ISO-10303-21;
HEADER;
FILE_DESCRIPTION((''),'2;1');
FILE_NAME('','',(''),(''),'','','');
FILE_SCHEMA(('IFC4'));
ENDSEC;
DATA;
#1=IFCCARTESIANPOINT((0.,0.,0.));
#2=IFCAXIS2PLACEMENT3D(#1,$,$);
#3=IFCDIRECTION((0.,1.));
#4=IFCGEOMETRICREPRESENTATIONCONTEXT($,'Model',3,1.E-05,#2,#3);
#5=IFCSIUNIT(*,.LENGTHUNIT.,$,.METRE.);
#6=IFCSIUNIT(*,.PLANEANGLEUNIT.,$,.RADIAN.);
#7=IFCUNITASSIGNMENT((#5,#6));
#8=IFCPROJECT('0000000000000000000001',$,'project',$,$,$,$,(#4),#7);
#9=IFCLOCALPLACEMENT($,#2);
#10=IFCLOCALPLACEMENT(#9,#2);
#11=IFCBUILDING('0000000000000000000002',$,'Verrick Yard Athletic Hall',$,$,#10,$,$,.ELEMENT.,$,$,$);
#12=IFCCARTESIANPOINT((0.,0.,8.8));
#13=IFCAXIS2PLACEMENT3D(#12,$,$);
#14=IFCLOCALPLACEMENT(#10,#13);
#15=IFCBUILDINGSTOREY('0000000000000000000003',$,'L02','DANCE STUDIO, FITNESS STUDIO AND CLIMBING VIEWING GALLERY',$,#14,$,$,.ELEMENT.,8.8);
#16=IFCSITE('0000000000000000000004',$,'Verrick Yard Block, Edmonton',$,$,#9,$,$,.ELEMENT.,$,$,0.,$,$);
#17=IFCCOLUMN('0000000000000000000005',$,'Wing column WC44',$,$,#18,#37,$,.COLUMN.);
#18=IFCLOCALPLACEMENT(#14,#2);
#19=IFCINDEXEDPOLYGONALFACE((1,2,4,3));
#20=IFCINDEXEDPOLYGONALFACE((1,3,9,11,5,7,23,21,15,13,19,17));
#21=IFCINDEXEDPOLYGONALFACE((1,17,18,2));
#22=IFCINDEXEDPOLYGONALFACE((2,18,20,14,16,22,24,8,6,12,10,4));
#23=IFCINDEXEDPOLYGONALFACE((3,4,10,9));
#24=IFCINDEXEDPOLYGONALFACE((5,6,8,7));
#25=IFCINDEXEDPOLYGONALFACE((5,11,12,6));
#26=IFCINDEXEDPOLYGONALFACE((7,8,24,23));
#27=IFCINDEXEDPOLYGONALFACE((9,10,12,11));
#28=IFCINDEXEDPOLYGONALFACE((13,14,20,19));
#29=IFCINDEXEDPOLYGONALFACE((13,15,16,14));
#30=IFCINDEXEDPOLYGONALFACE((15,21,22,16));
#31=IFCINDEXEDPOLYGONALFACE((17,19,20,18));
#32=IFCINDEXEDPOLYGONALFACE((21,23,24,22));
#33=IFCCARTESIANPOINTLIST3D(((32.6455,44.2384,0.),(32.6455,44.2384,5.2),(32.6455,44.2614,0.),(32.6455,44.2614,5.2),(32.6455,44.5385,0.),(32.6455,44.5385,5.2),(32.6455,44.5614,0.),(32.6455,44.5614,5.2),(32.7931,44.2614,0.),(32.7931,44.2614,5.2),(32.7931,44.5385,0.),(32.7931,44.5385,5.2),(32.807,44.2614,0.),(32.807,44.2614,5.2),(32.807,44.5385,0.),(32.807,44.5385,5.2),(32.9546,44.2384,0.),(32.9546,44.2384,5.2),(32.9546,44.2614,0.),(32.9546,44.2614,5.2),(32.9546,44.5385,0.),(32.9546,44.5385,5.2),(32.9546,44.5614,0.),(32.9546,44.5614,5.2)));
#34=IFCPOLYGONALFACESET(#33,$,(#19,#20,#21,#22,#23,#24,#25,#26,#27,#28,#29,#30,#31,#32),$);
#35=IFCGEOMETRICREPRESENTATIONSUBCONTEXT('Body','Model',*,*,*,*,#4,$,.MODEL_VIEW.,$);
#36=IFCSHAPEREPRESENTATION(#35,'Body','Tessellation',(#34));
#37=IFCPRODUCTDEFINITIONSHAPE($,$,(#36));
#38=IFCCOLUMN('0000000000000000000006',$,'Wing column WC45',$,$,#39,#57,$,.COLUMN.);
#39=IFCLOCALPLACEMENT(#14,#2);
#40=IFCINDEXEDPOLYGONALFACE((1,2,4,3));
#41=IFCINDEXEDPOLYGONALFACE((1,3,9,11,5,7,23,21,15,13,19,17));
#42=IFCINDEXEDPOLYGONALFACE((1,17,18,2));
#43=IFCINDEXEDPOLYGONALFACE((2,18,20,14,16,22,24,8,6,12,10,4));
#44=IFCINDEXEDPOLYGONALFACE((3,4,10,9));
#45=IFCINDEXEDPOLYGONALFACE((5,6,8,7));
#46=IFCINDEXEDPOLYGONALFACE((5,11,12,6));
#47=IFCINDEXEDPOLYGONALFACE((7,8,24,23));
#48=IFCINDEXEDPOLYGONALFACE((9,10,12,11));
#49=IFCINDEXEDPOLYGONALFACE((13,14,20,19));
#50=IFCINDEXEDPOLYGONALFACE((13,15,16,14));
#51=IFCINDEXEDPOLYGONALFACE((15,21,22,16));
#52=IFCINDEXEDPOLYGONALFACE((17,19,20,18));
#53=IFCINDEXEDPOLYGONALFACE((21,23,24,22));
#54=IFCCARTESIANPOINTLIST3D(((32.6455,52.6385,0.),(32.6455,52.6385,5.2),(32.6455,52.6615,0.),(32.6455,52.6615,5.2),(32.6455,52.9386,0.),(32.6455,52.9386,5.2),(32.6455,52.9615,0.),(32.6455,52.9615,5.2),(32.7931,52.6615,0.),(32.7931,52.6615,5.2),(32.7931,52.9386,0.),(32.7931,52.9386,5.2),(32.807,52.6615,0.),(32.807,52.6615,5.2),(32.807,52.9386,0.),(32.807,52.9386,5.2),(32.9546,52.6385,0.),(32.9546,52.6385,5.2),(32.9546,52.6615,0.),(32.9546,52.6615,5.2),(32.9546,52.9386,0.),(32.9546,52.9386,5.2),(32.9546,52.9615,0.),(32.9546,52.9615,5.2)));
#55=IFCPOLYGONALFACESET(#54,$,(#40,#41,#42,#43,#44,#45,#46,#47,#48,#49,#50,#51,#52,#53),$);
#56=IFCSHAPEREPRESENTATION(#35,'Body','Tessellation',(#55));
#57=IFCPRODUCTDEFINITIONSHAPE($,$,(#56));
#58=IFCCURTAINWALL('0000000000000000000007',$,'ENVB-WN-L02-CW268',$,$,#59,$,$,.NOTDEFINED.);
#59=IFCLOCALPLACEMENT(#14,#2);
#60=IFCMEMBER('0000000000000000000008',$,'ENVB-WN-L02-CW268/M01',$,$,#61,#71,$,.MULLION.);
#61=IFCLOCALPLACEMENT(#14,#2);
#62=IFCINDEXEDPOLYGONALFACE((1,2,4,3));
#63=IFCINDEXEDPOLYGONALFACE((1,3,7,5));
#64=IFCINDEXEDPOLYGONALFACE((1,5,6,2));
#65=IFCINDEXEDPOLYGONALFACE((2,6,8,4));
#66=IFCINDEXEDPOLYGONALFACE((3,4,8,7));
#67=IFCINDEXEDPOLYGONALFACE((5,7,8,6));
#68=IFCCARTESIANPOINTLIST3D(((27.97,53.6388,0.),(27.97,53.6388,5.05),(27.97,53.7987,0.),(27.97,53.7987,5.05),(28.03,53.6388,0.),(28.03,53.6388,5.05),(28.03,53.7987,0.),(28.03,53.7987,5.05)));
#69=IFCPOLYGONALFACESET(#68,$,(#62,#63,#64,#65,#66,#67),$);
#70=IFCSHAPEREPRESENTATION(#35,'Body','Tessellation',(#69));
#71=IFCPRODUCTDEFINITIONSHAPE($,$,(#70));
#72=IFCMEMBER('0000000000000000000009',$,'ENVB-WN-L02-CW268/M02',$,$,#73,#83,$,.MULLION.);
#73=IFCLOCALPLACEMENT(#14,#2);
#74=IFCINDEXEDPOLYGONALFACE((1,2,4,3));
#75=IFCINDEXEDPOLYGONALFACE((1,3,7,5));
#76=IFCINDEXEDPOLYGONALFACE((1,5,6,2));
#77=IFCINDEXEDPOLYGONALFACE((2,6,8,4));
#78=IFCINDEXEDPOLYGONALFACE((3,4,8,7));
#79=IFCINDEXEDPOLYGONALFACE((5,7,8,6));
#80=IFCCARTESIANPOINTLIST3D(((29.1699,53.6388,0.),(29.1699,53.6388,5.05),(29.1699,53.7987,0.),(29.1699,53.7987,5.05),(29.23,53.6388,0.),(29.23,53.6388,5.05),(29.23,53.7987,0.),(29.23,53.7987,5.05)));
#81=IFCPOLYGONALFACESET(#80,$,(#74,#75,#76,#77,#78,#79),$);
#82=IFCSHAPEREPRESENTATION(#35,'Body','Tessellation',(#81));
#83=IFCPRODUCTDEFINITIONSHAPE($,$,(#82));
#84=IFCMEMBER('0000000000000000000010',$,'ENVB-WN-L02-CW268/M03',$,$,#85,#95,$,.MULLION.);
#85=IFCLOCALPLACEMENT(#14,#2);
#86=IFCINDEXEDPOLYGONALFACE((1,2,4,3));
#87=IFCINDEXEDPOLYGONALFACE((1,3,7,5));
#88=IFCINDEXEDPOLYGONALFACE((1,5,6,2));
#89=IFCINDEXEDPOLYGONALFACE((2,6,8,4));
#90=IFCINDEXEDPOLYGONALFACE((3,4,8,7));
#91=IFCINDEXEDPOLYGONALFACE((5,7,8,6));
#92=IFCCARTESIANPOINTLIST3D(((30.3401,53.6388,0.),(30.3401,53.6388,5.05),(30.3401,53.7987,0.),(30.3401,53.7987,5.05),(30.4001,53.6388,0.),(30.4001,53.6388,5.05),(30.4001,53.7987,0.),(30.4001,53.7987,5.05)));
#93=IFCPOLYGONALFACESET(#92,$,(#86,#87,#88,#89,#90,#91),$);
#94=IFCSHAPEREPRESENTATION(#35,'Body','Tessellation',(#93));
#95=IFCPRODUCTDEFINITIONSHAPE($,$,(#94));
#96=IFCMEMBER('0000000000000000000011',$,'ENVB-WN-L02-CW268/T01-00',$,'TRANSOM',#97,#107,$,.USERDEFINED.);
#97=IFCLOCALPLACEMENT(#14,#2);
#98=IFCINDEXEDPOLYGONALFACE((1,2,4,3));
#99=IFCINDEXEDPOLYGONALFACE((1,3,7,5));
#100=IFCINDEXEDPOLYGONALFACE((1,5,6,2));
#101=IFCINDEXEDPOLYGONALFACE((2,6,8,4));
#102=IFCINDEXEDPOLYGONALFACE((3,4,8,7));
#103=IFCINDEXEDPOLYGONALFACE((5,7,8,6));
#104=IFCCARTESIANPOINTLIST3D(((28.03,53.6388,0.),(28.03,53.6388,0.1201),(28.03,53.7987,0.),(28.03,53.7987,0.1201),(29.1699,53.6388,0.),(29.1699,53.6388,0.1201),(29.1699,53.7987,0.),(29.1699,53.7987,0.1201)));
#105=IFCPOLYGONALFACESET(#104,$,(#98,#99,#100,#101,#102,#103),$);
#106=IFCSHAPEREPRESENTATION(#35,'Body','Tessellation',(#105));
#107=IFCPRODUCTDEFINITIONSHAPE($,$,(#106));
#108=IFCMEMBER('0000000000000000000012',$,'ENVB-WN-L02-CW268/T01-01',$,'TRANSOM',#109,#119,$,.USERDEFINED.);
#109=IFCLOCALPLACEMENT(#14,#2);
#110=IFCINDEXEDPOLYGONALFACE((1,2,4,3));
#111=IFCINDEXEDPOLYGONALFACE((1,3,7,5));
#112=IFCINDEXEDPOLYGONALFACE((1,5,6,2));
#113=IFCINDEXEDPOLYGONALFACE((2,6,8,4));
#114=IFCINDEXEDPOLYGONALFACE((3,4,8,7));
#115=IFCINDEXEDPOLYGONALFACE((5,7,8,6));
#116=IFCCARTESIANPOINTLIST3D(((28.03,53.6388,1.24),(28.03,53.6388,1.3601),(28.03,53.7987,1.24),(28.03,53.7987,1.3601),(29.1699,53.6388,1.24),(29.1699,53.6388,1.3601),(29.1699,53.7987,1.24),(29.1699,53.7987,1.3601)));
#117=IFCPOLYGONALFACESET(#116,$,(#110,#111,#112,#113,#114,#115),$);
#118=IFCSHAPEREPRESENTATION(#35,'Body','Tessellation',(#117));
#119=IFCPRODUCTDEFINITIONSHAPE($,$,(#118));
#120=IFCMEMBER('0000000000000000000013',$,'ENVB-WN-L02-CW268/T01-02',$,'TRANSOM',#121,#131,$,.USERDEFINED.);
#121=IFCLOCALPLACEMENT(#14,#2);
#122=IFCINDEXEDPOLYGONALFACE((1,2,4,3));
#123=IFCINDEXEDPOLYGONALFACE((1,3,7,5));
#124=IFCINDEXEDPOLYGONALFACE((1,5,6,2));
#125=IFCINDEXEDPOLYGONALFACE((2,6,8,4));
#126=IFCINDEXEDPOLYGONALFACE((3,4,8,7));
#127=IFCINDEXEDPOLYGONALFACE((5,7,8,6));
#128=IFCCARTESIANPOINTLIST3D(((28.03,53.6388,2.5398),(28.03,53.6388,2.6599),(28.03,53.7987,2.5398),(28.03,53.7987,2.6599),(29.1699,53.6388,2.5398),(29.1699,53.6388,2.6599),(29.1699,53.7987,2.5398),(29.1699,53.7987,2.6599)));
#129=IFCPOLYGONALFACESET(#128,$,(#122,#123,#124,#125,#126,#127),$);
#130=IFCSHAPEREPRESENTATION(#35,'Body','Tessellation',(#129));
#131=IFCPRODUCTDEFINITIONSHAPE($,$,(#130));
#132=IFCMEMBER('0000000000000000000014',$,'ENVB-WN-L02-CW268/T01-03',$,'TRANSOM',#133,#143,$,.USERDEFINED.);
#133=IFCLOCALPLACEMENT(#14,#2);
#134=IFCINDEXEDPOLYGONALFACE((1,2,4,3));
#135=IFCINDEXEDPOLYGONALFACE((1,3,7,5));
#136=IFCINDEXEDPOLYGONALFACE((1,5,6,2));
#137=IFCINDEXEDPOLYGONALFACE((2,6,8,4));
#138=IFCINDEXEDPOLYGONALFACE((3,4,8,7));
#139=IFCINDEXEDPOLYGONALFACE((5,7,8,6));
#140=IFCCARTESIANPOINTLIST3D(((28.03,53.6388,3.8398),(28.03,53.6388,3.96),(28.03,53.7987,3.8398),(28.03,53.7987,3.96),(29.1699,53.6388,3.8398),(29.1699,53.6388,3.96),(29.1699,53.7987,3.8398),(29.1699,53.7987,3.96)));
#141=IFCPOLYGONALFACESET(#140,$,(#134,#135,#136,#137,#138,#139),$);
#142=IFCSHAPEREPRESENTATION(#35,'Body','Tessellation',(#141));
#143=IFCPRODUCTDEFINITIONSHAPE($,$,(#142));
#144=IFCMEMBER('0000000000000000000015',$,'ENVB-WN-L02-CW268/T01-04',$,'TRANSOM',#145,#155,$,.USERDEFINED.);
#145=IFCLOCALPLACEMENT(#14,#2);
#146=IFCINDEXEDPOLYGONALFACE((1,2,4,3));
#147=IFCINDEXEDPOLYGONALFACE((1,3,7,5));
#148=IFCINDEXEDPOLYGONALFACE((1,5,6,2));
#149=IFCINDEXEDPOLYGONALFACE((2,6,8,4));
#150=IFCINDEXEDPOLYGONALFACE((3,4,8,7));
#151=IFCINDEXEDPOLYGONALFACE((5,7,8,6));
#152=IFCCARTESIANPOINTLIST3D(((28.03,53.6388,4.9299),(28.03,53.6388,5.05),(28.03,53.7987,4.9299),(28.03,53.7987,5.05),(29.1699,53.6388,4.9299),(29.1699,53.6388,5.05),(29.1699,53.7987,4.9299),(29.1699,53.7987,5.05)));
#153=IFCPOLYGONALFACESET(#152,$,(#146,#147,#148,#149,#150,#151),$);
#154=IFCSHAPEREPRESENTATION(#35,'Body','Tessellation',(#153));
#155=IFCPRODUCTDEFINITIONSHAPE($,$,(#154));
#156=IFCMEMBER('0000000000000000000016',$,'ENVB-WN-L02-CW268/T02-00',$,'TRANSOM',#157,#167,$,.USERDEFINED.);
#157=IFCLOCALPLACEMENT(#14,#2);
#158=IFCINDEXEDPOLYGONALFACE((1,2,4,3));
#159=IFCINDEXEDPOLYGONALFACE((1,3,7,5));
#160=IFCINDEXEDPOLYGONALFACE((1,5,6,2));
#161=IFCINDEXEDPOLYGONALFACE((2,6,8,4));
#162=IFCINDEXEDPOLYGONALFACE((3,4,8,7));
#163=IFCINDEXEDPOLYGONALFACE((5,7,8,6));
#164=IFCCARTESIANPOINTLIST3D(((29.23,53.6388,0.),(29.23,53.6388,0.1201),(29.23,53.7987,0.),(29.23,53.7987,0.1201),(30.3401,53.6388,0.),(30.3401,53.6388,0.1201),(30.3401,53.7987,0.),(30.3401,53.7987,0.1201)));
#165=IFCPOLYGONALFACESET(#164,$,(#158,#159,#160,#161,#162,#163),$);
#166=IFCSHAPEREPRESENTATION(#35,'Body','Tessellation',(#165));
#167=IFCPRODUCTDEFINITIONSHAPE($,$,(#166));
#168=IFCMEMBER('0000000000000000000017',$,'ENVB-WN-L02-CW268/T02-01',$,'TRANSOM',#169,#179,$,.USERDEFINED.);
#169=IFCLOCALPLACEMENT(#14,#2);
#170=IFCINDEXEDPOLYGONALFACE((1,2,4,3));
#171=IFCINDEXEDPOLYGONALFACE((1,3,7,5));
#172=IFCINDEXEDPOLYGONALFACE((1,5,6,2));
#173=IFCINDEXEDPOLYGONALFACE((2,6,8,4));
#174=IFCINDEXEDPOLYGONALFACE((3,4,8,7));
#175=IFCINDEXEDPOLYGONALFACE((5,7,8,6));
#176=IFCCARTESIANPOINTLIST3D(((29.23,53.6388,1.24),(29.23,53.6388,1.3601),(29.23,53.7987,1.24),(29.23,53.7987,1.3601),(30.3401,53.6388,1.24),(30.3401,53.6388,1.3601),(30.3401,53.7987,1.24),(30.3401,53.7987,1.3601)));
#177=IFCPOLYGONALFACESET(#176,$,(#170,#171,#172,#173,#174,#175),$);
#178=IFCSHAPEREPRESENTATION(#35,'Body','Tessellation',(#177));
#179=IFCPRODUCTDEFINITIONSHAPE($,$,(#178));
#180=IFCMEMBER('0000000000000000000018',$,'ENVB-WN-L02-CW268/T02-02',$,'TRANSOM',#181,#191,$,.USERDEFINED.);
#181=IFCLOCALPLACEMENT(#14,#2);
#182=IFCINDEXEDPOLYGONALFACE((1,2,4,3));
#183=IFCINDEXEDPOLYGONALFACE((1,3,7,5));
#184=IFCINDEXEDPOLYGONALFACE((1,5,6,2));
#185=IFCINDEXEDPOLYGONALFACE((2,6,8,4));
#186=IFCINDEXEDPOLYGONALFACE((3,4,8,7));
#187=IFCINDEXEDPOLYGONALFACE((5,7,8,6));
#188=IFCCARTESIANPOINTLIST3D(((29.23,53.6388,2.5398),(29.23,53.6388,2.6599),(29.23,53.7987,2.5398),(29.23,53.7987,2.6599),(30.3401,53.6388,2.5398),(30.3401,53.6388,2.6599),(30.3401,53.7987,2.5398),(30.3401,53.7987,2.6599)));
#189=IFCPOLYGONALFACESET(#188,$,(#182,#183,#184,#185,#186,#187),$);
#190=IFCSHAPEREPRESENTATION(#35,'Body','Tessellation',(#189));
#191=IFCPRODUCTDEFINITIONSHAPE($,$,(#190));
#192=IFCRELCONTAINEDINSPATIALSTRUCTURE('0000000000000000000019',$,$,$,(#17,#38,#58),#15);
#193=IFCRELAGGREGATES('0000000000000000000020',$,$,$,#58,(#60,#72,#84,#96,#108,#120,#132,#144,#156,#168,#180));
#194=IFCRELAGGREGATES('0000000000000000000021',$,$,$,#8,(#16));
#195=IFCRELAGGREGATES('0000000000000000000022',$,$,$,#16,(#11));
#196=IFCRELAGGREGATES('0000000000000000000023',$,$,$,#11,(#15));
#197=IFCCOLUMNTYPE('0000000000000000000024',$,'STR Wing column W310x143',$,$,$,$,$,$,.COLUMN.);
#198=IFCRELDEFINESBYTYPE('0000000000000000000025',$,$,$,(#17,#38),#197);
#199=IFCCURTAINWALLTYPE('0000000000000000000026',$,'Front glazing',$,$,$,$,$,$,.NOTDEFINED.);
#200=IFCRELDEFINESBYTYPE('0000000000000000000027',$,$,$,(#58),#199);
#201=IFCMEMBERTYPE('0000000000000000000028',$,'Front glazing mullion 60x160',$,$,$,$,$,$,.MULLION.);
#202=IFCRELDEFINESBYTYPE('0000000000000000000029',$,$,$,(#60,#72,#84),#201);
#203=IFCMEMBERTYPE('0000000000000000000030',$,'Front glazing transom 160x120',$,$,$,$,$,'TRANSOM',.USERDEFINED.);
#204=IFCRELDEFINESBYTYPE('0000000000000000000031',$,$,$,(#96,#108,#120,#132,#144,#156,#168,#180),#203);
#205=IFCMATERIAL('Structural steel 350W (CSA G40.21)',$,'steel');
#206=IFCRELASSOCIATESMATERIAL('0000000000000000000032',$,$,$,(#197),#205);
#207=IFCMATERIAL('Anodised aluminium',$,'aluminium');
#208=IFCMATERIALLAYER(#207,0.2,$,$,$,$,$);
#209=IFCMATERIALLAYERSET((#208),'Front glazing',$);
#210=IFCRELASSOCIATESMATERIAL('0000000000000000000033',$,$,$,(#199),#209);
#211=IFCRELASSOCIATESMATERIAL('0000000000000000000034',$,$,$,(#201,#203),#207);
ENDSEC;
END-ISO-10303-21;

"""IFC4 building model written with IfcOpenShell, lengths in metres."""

from ifc_helpers import new_model, si_unit, direction, frame, origin, origin_2d, place, context, subcontext, project, spatial, rectangle, i_section, extrude, material, layer, layer_set, material_profile, profile_set, type_object, element, aggregate, save


model = new_model("IFC4")

# Units and contexts
model_context = context("Model", 3, precision=1e-05, world=origin(), true_north=direction((0.0, 1.0)))
body_context = subcontext(model_context, "Body", "Model", "MODEL_VIEW")
ifc_project = project(units=[si_unit("LENGTHUNIT", "METRE"), si_unit("PLANEANGLEUNIT", "RADIAN")], contexts=[model_context])

# Site, building, storey
site_placement = place(None, origin())
site = spatial("IfcSite", under=ifc_project, at=site_placement, Name="Verrick Yard Block, Edmonton", CompositionType="ELEMENT", RefElevation=0.0)
building_placement = place(site_placement, origin())
building = spatial("IfcBuilding", under=site, at=building_placement, Name="Verrick Yard Athletic Hall", CompositionType="ELEMENT")
storey_placement = place(building_placement, frame((0.0, 0.0, 8.8)))
storey = spatial("IfcBuildingStorey", under=building, at=storey_placement, Name="L02", Description="DANCE STUDIO, FITNESS STUDIO AND CLIMBING VIEWING GALLERY", CompositionType="ELEMENT", Elevation=8.8)

# Columns
ifc_material_1 = material(Name="Structural steel 350W (CSA G40.21)", Category="steel")
ifc_material_profile_1 = material_profile(ifc_material_1, i_section(OverallWidth=0.3091, OverallDepth=0.323, WebThickness=0.0139, FlangeThickness=0.0229, at=origin_2d()), Name="W310x143")
ifc_profile_set_1 = profile_set([ifc_material_profile_1], Name="Structural steel 350W (CSA G40.21)")
column_type = type_object("IfcColumnType", Name="STR Wing column W310x143", PredefinedType="COLUMN", material=ifc_profile_set_1)
for number, where, z_axis, x_axis, name in (
    (1, (32.8, 44.3999, 0.0), (0.0, 0.0, 1.0), (1.0, 0.0, 0.0), "Wing column WC44"),
    (2, (32.8, 52.8, 0.0), (0.0, 0.0, 1.0), (1.0, 0.0, 0.0), "Wing column WC45"),
):
    element("IfcColumn", number, at=place(storey_placement, frame(where, z_axis=z_axis, x_axis=x_axis)), inside=storey, type_object=column_type, Name=name, PredefinedType="COLUMN", context=body_context, shape_type="SweptSolid", body=[
        extrude(i_section(OverallWidth=0.3091, OverallDepth=0.323, WebThickness=0.0139, FlangeThickness=0.0229, at=origin_2d()), origin(), (0.0, 0.0, 1.0), 5.2),
    ])

# Curtain wall, members
ifc_material_2 = material(Name="Anodised aluminium", Category="aluminium")
ifc_layer_1 = layer(ifc_material_2, 0.2)
ifc_layer_set_1 = layer_set([ifc_layer_1], Name="Front glazing")
curtain_wall_type = type_object("IfcCurtainWallType", Name="Front glazing", PredefinedType="NOTDEFINED", material=ifc_layer_set_1)
curtain_wall_placement = place(storey_placement, origin())
curtain_wall = element("IfcCurtainWall", 3, at=curtain_wall_placement, inside=storey, type_object=curtain_wall_type, Name="ENVB-WN-L02-CW268", PredefinedType="NOTDEFINED")
ifc_material_profile_2 = material_profile(ifc_material_2, rectangle(XDim=0.1599, YDim=0.0601, at=origin_2d()), Name="CW mullion 60x160")
ifc_profile_set_2 = profile_set([ifc_material_profile_2], Name="Anodised aluminium")
member_type_1 = type_object("IfcMemberType", Name="Front glazing mullion 60x160", PredefinedType="MULLION", material=ifc_profile_set_2)
member_1_placement = place(storey_placement, frame((28.0, 53.7188, 0.0), z_axis=(0.0, 0.0, 1.0), x_axis=(0.0, 1.0, 0.0)))
member_1 = element("IfcMember", 4, at=member_1_placement, type_object=member_type_1, Name="ENVB-WN-L02-CW268/M01", PredefinedType="MULLION", context=body_context, shape_type="SweptSolid", body=[
    extrude(rectangle(XDim=0.1599, YDim=0.0601, at=origin_2d()), origin(), (0.0, 0.0, 1.0), 5.05),
])
member_2_placement = place(storey_placement, frame((29.2, 53.7188, 0.0), z_axis=(0.0, 0.0, 1.0), x_axis=(0.0, 1.0, 0.0)))
member_2 = element("IfcMember", 5, at=member_2_placement, type_object=member_type_1, Name="ENVB-WN-L02-CW268/M02", PredefinedType="MULLION", context=body_context, shape_type="SweptSolid", body=[
    extrude(rectangle(XDim=0.1599, YDim=0.0601, at=origin_2d()), origin(), (0.0, 0.0, 1.0), 5.05),
])
member_3_placement = place(storey_placement, frame((30.3701, 53.7188, 0.0), z_axis=(0.0, 0.0, 1.0), x_axis=(0.0, 1.0, 0.0)))
member_3 = element("IfcMember", 6, at=member_3_placement, type_object=member_type_1, Name="ENVB-WN-L02-CW268/M03", PredefinedType="MULLION", context=body_context, shape_type="SweptSolid", body=[
    extrude(rectangle(XDim=0.1599, YDim=0.0601, at=origin_2d()), origin(), (0.0, 0.0, 1.0), 5.05),
])
ifc_material_profile_3 = material_profile(ifc_material_2, rectangle(XDim=0.1599, YDim=0.1201, at=origin_2d()), Name="CW transom 160x120")
ifc_profile_set_3 = profile_set([ifc_material_profile_3], Name="Anodised aluminium")
member_type_2 = type_object("IfcMemberType", Name="Front glazing transom 160x120", ElementType="TRANSOM", PredefinedType="USERDEFINED", material=ifc_profile_set_3)
member_4_placement = place(storey_placement, frame((28.03, 53.7188, 0.0601), z_axis=(1.0, 0.0, 0.0), x_axis=(0.0, 1.0, 0.0)))
member_4 = element("IfcMember", 7, at=member_4_placement, type_object=member_type_2, Name="ENVB-WN-L02-CW268/T01-00", ObjectType="TRANSOM", PredefinedType="USERDEFINED", context=body_context, shape_type="SweptSolid", body=[
    extrude(rectangle(XDim=0.1599, YDim=0.1201, at=origin_2d()), origin(), (0.0, 0.0, 1.0), 1.1399),
])
member_5_placement = place(storey_placement, frame((28.03, 53.7188, 1.3), z_axis=(1.0, 0.0, 0.0), x_axis=(0.0, 1.0, 0.0)))
member_5 = element("IfcMember", 8, at=member_5_placement, type_object=member_type_2, Name="ENVB-WN-L02-CW268/T01-01", ObjectType="TRANSOM", PredefinedType="USERDEFINED", context=body_context, shape_type="SweptSolid", body=[
    extrude(rectangle(XDim=0.1599, YDim=0.1201, at=origin_2d()), origin(), (0.0, 0.0, 1.0), 1.1399),
])
member_6_placement = place(storey_placement, frame((28.03, 53.7188, 2.5999), z_axis=(1.0, 0.0, 0.0), x_axis=(0.0, 1.0, 0.0)))
member_6 = element("IfcMember", 9, at=member_6_placement, type_object=member_type_2, Name="ENVB-WN-L02-CW268/T01-02", ObjectType="TRANSOM", PredefinedType="USERDEFINED", context=body_context, shape_type="SweptSolid", body=[
    extrude(rectangle(XDim=0.1599, YDim=0.1201, at=origin_2d()), origin(), (0.0, 0.0, 1.0), 1.1399),
])
member_7_placement = place(storey_placement, frame((28.03, 53.7188, 3.8999), z_axis=(1.0, 0.0, 0.0), x_axis=(0.0, 1.0, 0.0)))
member_7 = element("IfcMember", 10, at=member_7_placement, type_object=member_type_2, Name="ENVB-WN-L02-CW268/T01-03", ObjectType="TRANSOM", PredefinedType="USERDEFINED", context=body_context, shape_type="SweptSolid", body=[
    extrude(rectangle(XDim=0.1599, YDim=0.1201, at=origin_2d()), origin(), (0.0, 0.0, 1.0), 1.1399),
])
member_8_placement = place(storey_placement, frame((28.03, 53.7188, 4.99), z_axis=(1.0, 0.0, 0.0), x_axis=(0.0, 1.0, 0.0)))
member_8 = element("IfcMember", 11, at=member_8_placement, type_object=member_type_2, Name="ENVB-WN-L02-CW268/T01-04", ObjectType="TRANSOM", PredefinedType="USERDEFINED", context=body_context, shape_type="SweptSolid", body=[
    extrude(rectangle(XDim=0.1599, YDim=0.1201, at=origin_2d()), origin(), (0.0, 0.0, 1.0), 1.1399),
])
member_9_placement = place(storey_placement, frame((29.23, 53.7188, 0.0601), z_axis=(1.0, 0.0, 0.0), x_axis=(0.0, 1.0, 0.0)))
member_9 = element("IfcMember", 12, at=member_9_placement, type_object=member_type_2, Name="ENVB-WN-L02-CW268/T02-00", ObjectType="TRANSOM", PredefinedType="USERDEFINED", context=body_context, shape_type="SweptSolid", body=[
    extrude(rectangle(XDim=0.1599, YDim=0.1201, at=origin_2d()), origin(), (0.0, 0.0, 1.0), 1.1101),
])
member_10_placement = place(storey_placement, frame((29.23, 53.7188, 1.3), z_axis=(1.0, 0.0, 0.0), x_axis=(0.0, 1.0, 0.0)))
member_10 = element("IfcMember", 13, at=member_10_placement, type_object=member_type_2, Name="ENVB-WN-L02-CW268/T02-01", ObjectType="TRANSOM", PredefinedType="USERDEFINED", context=body_context, shape_type="SweptSolid", body=[
    extrude(rectangle(XDim=0.1599, YDim=0.1201, at=origin_2d()), origin(), (0.0, 0.0, 1.0), 1.1101),
])
member_11_placement = place(storey_placement, frame((29.23, 53.7188, 2.5999), z_axis=(1.0, 0.0, 0.0), x_axis=(0.0, 1.0, 0.0)))
member_11 = element("IfcMember", 14, at=member_11_placement, type_object=member_type_2, Name="ENVB-WN-L02-CW268/T02-02", ObjectType="TRANSOM", PredefinedType="USERDEFINED", context=body_context, shape_type="SweptSolid", body=[
    extrude(rectangle(XDim=0.1599, YDim=0.1201, at=origin_2d()), origin(), (0.0, 0.0, 1.0), 1.1101),
])

aggregate(curtain_wall, [member_1, member_2, member_3, member_4, member_5, member_6, member_7, member_8, member_9, member_10, member_11])

save(model, "model.ifc")
